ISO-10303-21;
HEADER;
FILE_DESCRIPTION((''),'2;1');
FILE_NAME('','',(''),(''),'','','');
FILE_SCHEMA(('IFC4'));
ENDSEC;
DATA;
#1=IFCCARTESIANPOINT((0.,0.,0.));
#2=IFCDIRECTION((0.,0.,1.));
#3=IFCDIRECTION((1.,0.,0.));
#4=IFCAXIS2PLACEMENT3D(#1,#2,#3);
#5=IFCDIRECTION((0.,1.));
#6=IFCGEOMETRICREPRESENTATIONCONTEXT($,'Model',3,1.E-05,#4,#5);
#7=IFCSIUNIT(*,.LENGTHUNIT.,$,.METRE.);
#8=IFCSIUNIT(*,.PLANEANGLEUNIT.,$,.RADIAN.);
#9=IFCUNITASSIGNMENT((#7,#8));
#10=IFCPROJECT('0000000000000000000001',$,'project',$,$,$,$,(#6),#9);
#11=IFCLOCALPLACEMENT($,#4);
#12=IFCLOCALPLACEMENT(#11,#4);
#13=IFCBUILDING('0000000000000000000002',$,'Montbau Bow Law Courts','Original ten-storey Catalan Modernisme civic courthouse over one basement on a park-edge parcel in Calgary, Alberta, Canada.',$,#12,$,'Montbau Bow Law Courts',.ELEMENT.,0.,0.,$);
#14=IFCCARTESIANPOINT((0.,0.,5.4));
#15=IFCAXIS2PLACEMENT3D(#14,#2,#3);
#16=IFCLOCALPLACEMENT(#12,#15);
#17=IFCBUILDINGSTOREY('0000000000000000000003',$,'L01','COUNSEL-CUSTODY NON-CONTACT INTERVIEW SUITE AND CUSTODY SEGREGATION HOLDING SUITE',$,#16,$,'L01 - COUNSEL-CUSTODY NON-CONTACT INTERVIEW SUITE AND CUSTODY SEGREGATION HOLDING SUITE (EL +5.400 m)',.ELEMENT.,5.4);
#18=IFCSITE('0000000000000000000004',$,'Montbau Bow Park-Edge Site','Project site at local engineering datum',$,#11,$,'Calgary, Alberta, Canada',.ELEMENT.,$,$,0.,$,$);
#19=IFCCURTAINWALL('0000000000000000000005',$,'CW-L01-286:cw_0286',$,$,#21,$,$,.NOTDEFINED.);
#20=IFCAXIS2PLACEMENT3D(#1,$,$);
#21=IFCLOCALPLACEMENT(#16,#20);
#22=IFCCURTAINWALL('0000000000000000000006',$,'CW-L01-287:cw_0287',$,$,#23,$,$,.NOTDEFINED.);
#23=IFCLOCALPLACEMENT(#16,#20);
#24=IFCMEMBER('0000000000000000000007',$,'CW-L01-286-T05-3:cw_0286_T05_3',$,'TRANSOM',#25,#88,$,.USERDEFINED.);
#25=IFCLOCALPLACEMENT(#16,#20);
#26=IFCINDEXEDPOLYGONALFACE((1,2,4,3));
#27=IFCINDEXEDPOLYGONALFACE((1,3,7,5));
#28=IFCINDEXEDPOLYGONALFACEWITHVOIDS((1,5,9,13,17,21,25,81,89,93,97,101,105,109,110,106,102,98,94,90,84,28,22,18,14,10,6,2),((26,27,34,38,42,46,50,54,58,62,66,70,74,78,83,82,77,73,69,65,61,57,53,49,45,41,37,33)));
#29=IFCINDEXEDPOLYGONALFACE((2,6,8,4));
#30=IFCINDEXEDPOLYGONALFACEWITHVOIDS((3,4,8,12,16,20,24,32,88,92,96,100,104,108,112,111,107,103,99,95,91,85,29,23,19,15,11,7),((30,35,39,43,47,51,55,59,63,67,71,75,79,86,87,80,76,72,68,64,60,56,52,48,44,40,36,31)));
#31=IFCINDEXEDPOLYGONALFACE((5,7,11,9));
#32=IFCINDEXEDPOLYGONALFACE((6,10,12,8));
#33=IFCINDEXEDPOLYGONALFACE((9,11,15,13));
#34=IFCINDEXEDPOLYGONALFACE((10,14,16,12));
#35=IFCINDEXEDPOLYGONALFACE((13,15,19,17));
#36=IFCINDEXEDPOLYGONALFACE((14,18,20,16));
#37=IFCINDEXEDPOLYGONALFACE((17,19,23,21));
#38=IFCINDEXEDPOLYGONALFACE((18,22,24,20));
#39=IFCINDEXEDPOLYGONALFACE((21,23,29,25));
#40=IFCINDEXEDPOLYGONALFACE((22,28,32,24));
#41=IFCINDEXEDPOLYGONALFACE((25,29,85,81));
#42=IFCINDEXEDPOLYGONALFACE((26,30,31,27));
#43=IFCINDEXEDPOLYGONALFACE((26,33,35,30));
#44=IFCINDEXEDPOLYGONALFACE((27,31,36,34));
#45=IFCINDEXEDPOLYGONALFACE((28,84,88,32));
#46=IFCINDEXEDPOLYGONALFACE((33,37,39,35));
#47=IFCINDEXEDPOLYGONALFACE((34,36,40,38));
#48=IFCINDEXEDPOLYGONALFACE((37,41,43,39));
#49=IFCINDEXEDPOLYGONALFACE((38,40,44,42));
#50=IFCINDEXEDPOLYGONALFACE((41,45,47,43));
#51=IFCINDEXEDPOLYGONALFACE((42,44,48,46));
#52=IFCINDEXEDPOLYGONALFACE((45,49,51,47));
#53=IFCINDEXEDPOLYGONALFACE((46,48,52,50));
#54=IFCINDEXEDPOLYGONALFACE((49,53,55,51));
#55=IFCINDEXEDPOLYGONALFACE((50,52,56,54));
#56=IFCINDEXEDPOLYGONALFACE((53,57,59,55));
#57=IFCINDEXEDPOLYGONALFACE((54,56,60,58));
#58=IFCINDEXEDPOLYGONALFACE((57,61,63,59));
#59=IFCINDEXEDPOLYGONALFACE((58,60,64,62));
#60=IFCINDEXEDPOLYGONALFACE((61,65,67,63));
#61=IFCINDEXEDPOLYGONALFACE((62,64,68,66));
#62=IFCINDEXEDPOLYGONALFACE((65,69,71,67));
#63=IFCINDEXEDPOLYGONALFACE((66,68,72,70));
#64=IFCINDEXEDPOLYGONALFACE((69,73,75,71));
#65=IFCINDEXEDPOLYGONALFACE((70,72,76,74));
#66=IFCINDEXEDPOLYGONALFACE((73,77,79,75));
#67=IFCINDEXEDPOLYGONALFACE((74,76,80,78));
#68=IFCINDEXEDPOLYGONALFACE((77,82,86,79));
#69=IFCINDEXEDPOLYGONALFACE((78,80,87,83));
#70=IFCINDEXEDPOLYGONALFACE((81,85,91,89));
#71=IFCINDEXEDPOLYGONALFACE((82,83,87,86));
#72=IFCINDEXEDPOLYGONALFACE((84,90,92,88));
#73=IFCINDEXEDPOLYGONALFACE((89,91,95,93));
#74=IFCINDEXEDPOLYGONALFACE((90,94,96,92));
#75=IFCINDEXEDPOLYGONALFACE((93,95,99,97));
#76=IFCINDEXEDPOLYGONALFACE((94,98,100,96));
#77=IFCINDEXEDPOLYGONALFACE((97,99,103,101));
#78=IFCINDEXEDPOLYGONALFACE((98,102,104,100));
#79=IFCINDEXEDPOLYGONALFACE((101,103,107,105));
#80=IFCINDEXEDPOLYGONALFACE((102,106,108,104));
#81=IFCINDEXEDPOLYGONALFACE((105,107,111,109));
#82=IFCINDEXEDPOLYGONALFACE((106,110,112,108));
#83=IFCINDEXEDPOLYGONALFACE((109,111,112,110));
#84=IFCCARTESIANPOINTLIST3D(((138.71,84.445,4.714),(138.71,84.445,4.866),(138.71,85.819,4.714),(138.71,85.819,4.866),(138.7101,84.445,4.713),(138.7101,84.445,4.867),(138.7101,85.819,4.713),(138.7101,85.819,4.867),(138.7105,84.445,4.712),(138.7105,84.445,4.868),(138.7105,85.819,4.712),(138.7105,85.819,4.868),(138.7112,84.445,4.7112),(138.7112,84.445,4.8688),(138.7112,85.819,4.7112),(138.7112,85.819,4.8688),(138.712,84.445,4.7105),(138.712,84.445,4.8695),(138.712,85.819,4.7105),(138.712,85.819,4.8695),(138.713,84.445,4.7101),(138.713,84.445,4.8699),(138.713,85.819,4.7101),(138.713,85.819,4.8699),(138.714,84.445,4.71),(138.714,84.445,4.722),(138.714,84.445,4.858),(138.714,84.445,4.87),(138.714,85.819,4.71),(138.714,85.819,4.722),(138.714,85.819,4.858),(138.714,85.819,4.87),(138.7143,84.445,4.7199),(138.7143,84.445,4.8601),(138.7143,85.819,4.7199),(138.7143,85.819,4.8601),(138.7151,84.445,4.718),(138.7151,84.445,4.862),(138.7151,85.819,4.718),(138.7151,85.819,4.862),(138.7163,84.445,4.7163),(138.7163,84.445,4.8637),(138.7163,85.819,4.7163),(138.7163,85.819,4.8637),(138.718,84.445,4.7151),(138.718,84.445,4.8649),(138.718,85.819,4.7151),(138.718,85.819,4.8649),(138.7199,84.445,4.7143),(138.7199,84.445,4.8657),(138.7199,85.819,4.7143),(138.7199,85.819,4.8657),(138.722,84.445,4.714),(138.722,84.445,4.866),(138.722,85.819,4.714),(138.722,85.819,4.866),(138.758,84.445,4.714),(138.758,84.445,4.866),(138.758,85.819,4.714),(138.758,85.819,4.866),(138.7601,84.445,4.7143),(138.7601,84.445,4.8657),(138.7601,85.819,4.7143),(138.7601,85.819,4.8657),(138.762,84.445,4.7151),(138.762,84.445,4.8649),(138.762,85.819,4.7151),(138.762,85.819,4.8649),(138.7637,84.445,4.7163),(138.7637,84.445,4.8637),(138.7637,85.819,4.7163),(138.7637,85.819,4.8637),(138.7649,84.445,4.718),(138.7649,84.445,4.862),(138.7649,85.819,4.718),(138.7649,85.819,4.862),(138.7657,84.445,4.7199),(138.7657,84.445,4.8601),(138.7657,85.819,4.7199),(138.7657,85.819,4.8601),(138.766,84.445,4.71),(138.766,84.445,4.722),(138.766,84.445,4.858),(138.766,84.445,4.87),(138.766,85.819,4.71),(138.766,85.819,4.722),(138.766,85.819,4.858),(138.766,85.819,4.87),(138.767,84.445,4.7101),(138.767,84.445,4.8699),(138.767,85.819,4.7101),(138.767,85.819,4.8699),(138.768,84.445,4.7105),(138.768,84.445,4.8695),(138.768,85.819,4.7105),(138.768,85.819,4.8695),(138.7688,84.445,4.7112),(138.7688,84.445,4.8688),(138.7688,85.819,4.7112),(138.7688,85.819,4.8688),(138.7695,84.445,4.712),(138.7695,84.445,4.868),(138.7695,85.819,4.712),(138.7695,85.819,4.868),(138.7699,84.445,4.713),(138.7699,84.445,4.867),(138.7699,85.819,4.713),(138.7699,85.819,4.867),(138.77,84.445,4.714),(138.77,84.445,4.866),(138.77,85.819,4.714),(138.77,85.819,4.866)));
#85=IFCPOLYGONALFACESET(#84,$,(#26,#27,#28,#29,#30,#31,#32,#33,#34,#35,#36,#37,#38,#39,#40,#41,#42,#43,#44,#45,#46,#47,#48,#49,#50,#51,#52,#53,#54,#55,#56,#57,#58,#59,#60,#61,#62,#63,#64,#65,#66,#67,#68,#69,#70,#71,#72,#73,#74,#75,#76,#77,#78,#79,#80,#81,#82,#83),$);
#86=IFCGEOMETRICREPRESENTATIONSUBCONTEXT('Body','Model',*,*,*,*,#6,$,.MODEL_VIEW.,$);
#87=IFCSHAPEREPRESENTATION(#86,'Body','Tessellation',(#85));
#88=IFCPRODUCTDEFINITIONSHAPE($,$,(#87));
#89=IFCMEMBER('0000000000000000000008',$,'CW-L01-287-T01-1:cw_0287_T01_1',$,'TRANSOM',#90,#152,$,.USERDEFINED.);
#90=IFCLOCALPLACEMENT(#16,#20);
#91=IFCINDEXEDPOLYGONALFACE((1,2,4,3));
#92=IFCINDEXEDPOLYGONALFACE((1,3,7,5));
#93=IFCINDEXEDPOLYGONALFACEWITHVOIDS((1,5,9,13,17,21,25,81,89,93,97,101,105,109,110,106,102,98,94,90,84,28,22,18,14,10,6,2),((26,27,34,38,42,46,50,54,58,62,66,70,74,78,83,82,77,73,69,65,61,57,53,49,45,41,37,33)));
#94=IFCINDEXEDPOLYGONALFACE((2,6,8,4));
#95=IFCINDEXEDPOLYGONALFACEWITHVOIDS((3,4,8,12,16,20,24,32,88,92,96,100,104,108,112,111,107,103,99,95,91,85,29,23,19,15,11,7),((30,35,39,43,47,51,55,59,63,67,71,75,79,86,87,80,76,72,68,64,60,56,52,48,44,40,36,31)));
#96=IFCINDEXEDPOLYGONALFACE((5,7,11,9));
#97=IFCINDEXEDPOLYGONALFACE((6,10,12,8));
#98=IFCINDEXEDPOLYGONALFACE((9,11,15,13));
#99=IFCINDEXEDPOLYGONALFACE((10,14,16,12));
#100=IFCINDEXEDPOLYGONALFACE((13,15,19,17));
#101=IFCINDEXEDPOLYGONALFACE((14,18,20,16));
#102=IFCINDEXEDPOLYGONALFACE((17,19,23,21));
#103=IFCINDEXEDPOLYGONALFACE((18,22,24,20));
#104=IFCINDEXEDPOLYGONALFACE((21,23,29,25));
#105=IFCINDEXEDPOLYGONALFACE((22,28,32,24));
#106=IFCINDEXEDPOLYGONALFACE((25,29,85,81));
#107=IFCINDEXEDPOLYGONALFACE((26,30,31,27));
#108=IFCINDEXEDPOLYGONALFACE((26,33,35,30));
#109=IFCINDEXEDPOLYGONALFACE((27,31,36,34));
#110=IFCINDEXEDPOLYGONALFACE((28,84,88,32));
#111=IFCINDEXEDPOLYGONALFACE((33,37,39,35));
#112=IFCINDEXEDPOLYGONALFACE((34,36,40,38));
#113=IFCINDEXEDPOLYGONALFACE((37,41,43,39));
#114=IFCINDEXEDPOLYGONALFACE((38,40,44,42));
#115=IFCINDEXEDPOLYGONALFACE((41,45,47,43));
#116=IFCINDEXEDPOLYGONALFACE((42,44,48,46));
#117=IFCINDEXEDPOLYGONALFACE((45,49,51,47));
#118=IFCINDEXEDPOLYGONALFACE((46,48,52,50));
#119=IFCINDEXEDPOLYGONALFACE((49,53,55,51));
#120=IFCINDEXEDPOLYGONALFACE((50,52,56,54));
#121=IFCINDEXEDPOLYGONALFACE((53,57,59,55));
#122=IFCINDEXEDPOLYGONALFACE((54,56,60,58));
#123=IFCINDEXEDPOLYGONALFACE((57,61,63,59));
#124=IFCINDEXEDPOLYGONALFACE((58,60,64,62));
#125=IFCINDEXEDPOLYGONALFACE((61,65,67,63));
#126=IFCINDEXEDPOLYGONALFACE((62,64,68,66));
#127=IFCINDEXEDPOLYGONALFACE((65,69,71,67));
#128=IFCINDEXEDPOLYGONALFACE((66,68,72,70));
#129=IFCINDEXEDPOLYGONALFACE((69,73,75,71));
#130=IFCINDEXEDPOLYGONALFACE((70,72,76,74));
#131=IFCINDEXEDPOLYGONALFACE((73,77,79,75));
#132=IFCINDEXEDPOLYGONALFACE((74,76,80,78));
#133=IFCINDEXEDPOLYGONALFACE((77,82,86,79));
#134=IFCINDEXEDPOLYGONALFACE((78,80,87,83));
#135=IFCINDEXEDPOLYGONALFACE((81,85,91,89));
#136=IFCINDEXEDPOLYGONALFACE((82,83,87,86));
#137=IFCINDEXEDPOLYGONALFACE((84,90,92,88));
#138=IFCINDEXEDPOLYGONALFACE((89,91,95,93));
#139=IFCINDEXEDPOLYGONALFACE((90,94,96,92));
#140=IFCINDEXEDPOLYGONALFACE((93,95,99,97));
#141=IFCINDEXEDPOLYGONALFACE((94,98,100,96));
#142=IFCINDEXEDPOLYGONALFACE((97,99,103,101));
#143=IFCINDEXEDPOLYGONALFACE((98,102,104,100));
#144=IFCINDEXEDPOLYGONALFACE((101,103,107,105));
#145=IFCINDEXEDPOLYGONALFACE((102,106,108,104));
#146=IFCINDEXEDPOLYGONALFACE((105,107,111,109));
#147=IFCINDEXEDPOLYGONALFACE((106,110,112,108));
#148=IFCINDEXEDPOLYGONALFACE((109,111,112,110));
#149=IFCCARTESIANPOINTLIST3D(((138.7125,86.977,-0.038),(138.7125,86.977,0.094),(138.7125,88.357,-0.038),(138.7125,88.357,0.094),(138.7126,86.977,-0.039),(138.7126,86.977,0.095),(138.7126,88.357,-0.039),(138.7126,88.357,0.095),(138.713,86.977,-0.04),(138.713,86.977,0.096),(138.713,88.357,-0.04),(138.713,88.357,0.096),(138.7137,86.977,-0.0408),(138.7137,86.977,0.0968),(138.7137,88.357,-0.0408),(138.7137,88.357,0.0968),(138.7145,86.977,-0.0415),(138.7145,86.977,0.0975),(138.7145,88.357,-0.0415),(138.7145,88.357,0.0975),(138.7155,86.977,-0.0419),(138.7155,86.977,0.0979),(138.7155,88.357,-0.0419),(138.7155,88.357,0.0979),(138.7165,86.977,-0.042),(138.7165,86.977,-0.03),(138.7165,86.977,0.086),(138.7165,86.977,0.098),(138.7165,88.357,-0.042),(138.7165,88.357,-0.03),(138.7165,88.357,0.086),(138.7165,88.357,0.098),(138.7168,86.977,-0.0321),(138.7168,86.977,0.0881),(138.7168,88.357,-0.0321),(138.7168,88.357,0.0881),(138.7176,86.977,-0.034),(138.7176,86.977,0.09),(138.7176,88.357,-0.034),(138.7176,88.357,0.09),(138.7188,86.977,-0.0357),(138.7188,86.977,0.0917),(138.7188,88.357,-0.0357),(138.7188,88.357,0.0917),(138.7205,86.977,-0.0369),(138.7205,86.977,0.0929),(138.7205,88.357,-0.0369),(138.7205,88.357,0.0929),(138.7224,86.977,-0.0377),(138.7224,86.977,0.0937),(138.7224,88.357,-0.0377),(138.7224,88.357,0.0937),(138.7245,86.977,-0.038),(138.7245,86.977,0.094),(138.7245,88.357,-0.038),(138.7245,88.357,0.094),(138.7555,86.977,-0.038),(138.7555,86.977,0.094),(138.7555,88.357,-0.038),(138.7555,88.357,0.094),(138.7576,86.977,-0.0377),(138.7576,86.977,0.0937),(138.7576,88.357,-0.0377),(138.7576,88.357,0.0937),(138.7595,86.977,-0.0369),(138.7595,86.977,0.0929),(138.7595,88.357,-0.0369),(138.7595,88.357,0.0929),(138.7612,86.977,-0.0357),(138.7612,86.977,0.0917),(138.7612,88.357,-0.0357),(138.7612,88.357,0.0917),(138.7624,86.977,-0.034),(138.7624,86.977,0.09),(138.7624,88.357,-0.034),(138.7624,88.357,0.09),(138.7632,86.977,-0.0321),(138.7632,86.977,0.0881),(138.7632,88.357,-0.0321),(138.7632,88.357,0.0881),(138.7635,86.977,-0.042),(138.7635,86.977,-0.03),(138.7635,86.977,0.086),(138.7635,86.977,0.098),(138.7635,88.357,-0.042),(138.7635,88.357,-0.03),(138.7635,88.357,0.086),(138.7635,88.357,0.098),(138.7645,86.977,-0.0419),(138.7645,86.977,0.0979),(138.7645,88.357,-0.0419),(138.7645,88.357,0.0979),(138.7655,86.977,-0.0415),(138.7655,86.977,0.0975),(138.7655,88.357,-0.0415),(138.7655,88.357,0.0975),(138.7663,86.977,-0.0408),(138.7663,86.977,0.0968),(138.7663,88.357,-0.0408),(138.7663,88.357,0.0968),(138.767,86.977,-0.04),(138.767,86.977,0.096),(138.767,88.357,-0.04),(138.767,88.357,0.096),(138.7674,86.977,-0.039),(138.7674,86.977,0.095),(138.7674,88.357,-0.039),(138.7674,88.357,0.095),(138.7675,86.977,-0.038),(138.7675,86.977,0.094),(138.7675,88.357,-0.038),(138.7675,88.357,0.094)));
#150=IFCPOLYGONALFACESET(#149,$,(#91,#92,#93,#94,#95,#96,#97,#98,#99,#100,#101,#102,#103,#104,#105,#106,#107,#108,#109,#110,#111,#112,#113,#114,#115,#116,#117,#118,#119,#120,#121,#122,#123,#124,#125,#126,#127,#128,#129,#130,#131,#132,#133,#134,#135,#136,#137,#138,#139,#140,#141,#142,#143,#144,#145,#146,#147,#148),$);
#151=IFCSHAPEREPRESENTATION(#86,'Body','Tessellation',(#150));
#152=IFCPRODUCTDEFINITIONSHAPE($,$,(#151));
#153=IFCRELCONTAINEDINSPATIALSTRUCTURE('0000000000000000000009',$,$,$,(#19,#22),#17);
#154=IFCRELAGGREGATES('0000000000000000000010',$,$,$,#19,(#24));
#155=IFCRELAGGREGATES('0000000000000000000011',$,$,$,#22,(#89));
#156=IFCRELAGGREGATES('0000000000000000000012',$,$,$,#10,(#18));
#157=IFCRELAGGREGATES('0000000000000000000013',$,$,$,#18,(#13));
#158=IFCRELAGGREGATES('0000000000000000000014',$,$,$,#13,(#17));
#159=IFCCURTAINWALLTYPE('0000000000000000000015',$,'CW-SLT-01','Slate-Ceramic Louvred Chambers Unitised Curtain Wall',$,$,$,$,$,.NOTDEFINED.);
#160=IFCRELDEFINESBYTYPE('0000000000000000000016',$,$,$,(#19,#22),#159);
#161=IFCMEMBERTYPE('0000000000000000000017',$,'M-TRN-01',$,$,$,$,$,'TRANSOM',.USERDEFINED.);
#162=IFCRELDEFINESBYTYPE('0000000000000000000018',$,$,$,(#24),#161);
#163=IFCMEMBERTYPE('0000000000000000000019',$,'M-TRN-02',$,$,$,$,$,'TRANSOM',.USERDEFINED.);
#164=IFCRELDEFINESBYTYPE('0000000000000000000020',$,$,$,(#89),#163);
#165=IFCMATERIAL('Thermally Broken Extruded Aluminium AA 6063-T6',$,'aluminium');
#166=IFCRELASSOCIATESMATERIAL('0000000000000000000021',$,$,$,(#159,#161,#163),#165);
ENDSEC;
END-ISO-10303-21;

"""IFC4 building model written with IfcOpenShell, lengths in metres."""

from ifc_helpers import new_model, si_unit, direction, frame, origin_with_axes, origin_2d_with_axis, place, context, subcontext, project, spatial, hollow_rectangle, extrude, material, material_profile, profile_set, type_object, element, aggregate, save


model = new_model("IFC4")

# Units and contexts
model_context = context("Model", 3, precision=1e-05, world=origin_with_axes(), true_north=direction((0.0, 1.0)))
body_context = subcontext(model_context, "Body", "Model", "MODEL_VIEW")
ifc_project = project(units=[si_unit("LENGTHUNIT", "METRE"), si_unit("PLANEANGLEUNIT", "RADIAN")], contexts=[model_context])

# Site, building, storey
site_placement = place(None, origin_with_axes())
site = spatial("IfcSite", under=ifc_project, at=site_placement, Name="Montbau Bow Park-Edge Site", Description="Project site at local engineering datum", LongName="Calgary, Alberta, Canada", CompositionType="ELEMENT", RefElevation=0.0)
building_placement = place(site_placement, origin_with_axes())
building = spatial("IfcBuilding", under=site, at=building_placement, Name="Montbau Bow Law Courts", Description="Original ten-storey Catalan Modernisme civic courthouse over one basement on a park-edge parcel in Calgary, Alberta, Canada.", LongName="Montbau Bow Law Courts", CompositionType="ELEMENT", ElevationOfRefHeight=0.0, ElevationOfTerrain=0.0)
storey_placement = place(building_placement, frame((0.0, 0.0, 5.4), z_axis=(0.0, 0.0, 1.0), x_axis=(1.0, 0.0, 0.0)))
storey = spatial("IfcBuildingStorey", under=building, at=storey_placement, Name="L01", Description="COUNSEL-CUSTODY NON-CONTACT INTERVIEW SUITE AND CUSTODY SEGREGATION HOLDING SUITE", LongName="L01 - COUNSEL-CUSTODY NON-CONTACT INTERVIEW SUITE AND CUSTODY SEGREGATION HOLDING SUITE (EL +5.400 m)", CompositionType="ELEMENT", Elevation=5.4)

# Curtain walls
ifc_material_1 = material(Name="Thermally Broken Extruded Aluminium AA 6063-T6", Category="aluminium")
curtain_wall_type = type_object("IfcCurtainWallType", Name="CW-SLT-01", Description="Slate-Ceramic Louvred Chambers Unitised Curtain Wall", PredefinedType="NOTDEFINED", material=ifc_material_1)
curtain_wall_1_placement = place(None, frame((138.74, 78.515, 5.4), z_axis=(0.0, 0.0, 1.0), x_axis=(1.0, 0.0, 0.0)))
curtain_wall_1 = element("IfcCurtainWall", 1, at=curtain_wall_1_placement, inside=storey, type_object=curtain_wall_type, Name="CW-L01-286:cw_0286", PredefinedType="NOTDEFINED")
curtain_wall_2_placement = place(None, frame((138.74, 86.915, 5.4), z_axis=(0.0, 0.0, 1.0), x_axis=(1.0, 0.0, 0.0)))
curtain_wall_2 = element("IfcCurtainWall", 2, at=curtain_wall_2_placement, inside=storey, type_object=curtain_wall_type, Name="CW-L01-287:cw_0287", PredefinedType="NOTDEFINED")

# Members
ifc_material_profile_1 = material_profile(ifc_material_1, hollow_rectangle(XDim=0.06, YDim=0.16, WallThickness=0.004, InnerFilletRadius=0.008, OuterFilletRadius=0.004, at=origin_2d_with_axis()), Name="CWT-160X60", Category="Main", Priority=0)
ifc_profile_set_1 = profile_set([ifc_material_profile_1], Name="Thermally Broken Extruded Aluminium AA 6063-T6")
member_type_1 = type_object("IfcMemberType", Name="M-TRN-01", ElementType="TRANSOM", PredefinedType="USERDEFINED", material=ifc_profile_set_1)
member_1_placement = place(None, frame((138.74, 84.445, 10.19), z_axis=(0.0, 1.0, 0.0), x_axis=(-1.0, 0.0, 0.0)))
member_1 = element("IfcMember", 3, at=member_1_placement, type_object=member_type_1, Name="CW-L01-286-T05-3:cw_0286_T05_3", ObjectType="TRANSOM", PredefinedType="USERDEFINED", context=body_context, shape_type="SweptSolid", body=[
    extrude(hollow_rectangle(XDim=0.06, YDim=0.16, WallThickness=0.004, InnerFilletRadius=0.008, OuterFilletRadius=0.004, at=origin_2d_with_axis()), origin_with_axes(), (0.0, 0.0, 1.0), 1.374),
])
ifc_material_profile_2 = material_profile(ifc_material_1, hollow_rectangle(XDim=0.055, YDim=0.14, WallThickness=0.004, InnerFilletRadius=0.008, OuterFilletRadius=0.004, at=origin_2d_with_axis()), Name="CWT-140X55", Category="Main", Priority=0)
ifc_profile_set_2 = profile_set([ifc_material_profile_2], Name="Thermally Broken Extruded Aluminium AA 6063-T6")
member_type_2 = type_object("IfcMemberType", Name="M-TRN-02", ElementType="TRANSOM", PredefinedType="USERDEFINED", material=ifc_profile_set_2)
member_2_placement = place(None, frame((138.74, 86.977, 5.428), z_axis=(0.0, 1.0, 0.0), x_axis=(-1.0, 0.0, 0.0)))
member_2 = element("IfcMember", 4, at=member_2_placement, type_object=member_type_2, Name="CW-L01-287-T01-1:cw_0287_T01_1", ObjectType="TRANSOM", PredefinedType="USERDEFINED", context=body_context, shape_type="SweptSolid", body=[
    extrude(hollow_rectangle(XDim=0.055, YDim=0.14, WallThickness=0.004, InnerFilletRadius=0.008, OuterFilletRadius=0.004, at=origin_2d_with_axis()), origin_with_axes(), (0.0, 0.0, 1.0), 1.38),
])

aggregate(curtain_wall_1, [member_1])
aggregate(curtain_wall_2, [member_2])

save(model, "model.ifc")
